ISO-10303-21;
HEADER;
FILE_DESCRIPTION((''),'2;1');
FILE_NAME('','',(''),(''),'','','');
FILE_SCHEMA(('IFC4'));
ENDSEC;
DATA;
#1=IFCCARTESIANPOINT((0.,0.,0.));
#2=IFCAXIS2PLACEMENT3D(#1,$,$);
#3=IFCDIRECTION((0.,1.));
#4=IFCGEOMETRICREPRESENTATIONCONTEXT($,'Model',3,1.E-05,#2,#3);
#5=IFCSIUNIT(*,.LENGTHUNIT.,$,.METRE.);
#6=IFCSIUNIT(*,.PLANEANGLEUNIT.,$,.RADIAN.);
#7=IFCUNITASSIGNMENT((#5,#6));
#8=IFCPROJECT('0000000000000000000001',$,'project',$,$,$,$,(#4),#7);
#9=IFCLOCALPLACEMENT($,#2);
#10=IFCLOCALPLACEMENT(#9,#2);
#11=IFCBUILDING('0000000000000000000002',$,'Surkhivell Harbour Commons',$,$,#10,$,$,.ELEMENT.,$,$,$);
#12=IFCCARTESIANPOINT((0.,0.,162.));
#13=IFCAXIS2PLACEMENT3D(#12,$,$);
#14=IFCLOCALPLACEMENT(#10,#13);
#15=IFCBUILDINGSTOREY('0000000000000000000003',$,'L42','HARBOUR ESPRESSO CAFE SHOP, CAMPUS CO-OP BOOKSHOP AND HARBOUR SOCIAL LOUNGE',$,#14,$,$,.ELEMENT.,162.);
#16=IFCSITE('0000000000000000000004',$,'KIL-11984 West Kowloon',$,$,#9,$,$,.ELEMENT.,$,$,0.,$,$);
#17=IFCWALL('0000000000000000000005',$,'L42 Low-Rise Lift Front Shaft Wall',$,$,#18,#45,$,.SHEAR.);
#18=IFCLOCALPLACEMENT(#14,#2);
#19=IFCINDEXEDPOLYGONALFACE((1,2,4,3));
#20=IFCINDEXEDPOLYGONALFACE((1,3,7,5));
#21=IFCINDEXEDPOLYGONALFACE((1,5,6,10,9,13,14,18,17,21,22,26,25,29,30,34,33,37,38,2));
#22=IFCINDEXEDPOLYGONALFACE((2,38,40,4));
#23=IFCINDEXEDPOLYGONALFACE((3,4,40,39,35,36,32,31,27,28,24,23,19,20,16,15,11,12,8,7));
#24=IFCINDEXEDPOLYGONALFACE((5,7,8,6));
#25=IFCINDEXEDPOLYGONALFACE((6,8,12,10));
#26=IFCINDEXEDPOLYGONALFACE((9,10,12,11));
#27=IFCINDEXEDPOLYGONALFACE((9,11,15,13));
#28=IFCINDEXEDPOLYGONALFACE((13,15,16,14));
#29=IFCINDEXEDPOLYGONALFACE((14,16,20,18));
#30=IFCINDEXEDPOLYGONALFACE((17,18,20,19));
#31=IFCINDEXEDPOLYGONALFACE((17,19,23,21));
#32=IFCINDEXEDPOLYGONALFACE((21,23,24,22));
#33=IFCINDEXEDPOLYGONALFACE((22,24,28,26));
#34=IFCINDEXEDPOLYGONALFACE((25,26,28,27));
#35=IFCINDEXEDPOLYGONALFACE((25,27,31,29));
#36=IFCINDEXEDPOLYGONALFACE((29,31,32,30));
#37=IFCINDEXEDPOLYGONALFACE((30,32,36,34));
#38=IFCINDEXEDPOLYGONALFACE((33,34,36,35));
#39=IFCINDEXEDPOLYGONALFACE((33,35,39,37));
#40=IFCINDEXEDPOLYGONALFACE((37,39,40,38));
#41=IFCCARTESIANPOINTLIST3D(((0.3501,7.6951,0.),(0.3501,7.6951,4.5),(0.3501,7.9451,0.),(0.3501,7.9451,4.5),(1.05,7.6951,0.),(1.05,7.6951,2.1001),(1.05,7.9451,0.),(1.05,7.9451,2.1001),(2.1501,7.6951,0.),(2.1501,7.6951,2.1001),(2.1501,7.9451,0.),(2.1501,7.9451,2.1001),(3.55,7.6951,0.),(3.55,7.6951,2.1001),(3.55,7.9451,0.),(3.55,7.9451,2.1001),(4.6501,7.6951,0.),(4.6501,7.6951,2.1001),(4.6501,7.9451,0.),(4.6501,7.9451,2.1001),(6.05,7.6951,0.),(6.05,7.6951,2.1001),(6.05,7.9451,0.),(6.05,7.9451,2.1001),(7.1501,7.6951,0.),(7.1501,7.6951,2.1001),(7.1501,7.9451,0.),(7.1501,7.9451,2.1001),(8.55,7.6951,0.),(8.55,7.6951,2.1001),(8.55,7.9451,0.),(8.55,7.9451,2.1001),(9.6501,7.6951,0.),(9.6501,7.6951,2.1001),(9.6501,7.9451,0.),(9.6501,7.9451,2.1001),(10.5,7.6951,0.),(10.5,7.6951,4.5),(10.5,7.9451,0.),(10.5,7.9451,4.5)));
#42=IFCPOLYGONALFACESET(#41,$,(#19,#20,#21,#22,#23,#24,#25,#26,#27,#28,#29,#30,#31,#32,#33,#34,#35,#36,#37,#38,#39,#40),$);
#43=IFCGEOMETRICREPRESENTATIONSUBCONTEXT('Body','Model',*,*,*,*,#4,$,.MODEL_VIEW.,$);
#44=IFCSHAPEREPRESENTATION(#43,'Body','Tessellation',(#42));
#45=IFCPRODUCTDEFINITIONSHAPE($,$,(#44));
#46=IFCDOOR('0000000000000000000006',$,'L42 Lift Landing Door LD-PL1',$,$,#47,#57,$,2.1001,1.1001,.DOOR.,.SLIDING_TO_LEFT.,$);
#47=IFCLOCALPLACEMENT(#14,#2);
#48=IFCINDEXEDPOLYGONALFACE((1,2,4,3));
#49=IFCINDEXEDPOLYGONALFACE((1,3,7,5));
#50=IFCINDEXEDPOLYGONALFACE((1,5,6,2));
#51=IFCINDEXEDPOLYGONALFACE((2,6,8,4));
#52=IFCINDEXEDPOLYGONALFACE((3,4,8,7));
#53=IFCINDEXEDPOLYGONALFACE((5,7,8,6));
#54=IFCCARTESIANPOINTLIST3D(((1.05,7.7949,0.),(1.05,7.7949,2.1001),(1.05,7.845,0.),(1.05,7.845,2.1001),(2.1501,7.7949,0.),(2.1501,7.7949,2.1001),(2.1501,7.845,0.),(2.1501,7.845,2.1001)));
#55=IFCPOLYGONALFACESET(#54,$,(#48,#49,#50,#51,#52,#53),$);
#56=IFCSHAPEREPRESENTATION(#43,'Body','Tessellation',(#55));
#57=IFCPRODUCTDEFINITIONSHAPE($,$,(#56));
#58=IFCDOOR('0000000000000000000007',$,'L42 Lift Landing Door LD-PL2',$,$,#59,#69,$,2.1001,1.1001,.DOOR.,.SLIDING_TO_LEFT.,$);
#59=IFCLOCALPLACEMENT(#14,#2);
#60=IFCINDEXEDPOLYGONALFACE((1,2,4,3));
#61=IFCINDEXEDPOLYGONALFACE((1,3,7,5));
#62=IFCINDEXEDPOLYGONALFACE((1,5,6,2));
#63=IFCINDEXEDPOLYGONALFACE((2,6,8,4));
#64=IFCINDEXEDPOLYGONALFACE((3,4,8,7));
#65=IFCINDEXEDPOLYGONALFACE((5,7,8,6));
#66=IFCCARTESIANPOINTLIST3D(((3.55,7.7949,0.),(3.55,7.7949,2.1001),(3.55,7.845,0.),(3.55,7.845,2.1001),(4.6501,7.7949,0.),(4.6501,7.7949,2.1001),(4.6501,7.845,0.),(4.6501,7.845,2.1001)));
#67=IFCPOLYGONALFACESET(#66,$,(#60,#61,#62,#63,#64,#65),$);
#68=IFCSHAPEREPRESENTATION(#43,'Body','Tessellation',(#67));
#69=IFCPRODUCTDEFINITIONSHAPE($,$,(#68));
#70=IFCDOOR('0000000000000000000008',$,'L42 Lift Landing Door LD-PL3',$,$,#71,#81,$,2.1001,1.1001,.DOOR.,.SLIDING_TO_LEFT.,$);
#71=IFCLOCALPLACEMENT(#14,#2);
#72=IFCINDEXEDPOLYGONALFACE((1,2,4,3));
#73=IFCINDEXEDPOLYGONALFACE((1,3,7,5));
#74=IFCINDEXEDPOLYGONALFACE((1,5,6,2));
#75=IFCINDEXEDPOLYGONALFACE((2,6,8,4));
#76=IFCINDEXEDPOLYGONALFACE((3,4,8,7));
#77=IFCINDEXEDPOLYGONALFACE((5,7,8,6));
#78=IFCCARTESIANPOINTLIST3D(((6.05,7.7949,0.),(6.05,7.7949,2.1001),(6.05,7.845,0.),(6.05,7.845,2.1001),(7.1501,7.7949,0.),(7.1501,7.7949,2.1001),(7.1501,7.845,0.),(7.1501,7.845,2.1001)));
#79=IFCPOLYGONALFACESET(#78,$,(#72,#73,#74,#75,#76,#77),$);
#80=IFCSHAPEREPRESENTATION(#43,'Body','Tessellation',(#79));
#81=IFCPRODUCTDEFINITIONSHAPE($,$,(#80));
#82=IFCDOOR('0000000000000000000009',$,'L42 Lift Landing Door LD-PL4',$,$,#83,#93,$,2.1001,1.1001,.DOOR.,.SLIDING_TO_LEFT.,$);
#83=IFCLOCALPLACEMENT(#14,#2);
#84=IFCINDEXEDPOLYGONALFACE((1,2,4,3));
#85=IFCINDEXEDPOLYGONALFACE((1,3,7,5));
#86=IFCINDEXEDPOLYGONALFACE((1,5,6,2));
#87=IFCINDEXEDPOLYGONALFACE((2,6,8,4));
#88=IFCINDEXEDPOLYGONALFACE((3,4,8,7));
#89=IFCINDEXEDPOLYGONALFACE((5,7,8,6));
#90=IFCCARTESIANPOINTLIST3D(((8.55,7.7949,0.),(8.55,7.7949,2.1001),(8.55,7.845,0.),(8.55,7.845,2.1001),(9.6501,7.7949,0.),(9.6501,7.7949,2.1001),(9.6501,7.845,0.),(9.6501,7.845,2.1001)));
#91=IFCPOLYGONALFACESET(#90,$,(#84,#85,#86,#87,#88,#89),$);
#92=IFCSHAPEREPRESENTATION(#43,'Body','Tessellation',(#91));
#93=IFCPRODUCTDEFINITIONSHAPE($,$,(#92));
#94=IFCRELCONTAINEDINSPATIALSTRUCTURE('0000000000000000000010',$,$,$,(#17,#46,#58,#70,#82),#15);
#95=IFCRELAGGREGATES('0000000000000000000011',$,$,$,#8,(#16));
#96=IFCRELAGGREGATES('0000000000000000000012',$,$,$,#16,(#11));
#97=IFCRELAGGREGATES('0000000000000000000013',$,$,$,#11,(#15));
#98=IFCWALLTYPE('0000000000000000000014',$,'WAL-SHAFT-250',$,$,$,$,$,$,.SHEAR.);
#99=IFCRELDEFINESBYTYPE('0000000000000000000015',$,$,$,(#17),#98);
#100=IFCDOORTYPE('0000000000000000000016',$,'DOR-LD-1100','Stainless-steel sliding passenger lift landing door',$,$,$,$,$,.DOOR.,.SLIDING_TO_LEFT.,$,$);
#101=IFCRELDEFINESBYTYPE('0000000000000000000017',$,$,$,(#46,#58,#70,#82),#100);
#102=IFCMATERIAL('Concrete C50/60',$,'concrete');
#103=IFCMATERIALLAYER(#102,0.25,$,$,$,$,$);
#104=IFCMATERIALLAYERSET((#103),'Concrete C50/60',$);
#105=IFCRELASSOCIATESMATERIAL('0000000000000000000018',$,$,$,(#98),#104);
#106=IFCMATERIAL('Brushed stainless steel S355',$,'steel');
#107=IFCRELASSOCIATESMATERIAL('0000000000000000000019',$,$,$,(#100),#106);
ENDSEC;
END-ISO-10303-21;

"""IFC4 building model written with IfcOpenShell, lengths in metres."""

from ifc_helpers import new_model, si_unit, direction, frame, frame_2d, origin, place, context, subcontext, project, spatial, rectangle, extrude, material, layer, layer_set, type_object, element, fill, save


model = new_model("IFC4")

# Units and contexts
model_context = context("Model", 3, precision=1e-05, world=origin(), true_north=direction((0.0, 1.0)))
body_context = subcontext(model_context, "Body", "Model", "MODEL_VIEW")
ifc_project = project(units=[si_unit("LENGTHUNIT", "METRE"), si_unit("PLANEANGLEUNIT", "RADIAN")], contexts=[model_context])

# Site, building, storey
site_placement = place(None, origin())
site = spatial("IfcSite", under=ifc_project, at=site_placement, Name="KIL-11984 West Kowloon", CompositionType="ELEMENT", RefElevation=0.0)
building_placement = place(site_placement, origin())
building = spatial("IfcBuilding", under=site, at=building_placement, Name="Surkhivell Harbour Commons", CompositionType="ELEMENT")
storey_placement = place(building_placement, frame((0.0, 0.0, 162.0)))
storey = spatial("IfcBuildingStorey", under=building, at=storey_placement, Name="L42", Description="HARBOUR ESPRESSO CAFE SHOP, CAMPUS CO-OP BOOKSHOP AND HARBOUR SOCIAL LOUNGE", CompositionType="ELEMENT", Elevation=162.0)

# Shared definitions
ifc_material_1 = material(Name="Concrete C50/60", Category="concrete")
ifc_layer_1 = layer(ifc_material_1, 0.25)
ifc_layer_set_1 = layer_set([ifc_layer_1], Name="Concrete C50/60")
wall_type_1 = type_object("IfcWallType", Name="WAL-SHAFT-250", PredefinedType="SHEAR", material=ifc_layer_set_1)

# Wall, openings, doors
wall_1_placement = place(storey_placement, frame((0.3501, 7.8201, 0.0), z_axis=(0.0, 0.0, 1.0), x_axis=(1.0, 0.0, 0.0)))
wall_1 = element("IfcWall", 1, at=wall_1_placement, inside=storey, type_object=wall_type_1, Name="L42 Low-Rise Lift Front Shaft Wall", PredefinedType="SHEAR", context=body_context, shape_type="SweptSolid", body=[
    extrude(rectangle(XDim=10.1499, YDim=0.25, at=frame_2d((5.075, 0.0))), origin(), (0.0, 0.0, 1.0), 4.5),
])
opening_1_placement = place(wall_1_placement, frame((0.7, 0.0, 0.0)))
opening_1 = element("IfcOpeningElement", 2, at=opening_1_placement, cuts=wall_1, PredefinedType="OPENING", context=body_context, shape_type="SweptSolid", body=[
    extrude(rectangle(XDim=1.1001, YDim=2.1001, at=frame_2d((0.55, 1.05))), frame((0.0, 0.135, 0.0), z_axis=(0.0, -1.0, 0.0), x_axis=(1.0, 0.0, 0.0)), (0.0, 0.0, 1.0), 0.27),
])
opening_2_placement = place(wall_1_placement, frame((3.2, 0.0, 0.0)))
opening_2 = element("IfcOpeningElement", 3, at=opening_2_placement, cuts=wall_1, PredefinedType="OPENING", context=body_context, shape_type="SweptSolid", body=[
    extrude(rectangle(XDim=1.1001, YDim=2.1001, at=frame_2d((0.55, 1.05))), frame((0.0, 0.135, 0.0), z_axis=(0.0, -1.0, 0.0), x_axis=(1.0, 0.0, 0.0)), (0.0, 0.0, 1.0), 0.27),
])
opening_3_placement = place(wall_1_placement, frame((5.7, 0.0, 0.0)))
opening_3 = element("IfcOpeningElement", 4, at=opening_3_placement, cuts=wall_1, PredefinedType="OPENING", context=body_context, shape_type="SweptSolid", body=[
    extrude(rectangle(XDim=1.1001, YDim=2.1001, at=frame_2d((0.55, 1.05))), frame((0.0, 0.135, 0.0), z_axis=(0.0, -1.0, 0.0), x_axis=(1.0, 0.0, 0.0)), (0.0, 0.0, 1.0), 0.27),
])
opening_4_placement = place(wall_1_placement, frame((8.2, 0.0, 0.0)))
opening_4 = element("IfcOpeningElement", 5, at=opening_4_placement, cuts=wall_1, PredefinedType="OPENING", context=body_context, shape_type="SweptSolid", body=[
    extrude(rectangle(XDim=1.1001, YDim=2.1001, at=frame_2d((0.55, 1.05))), frame((0.0, 0.135, 0.0), z_axis=(0.0, -1.0, 0.0), x_axis=(1.0, 0.0, 0.0)), (0.0, 0.0, 1.0), 0.27),
])
ifc_material_2 = material(Name="Brushed stainless steel S355", Category="steel")
door_type = type_object("IfcDoorType", Name="DOR-LD-1100", Description="Stainless-steel sliding passenger lift landing door", OperationType="SLIDING_TO_LEFT", PredefinedType="DOOR", material=ifc_material_2)
door_1_placement = place(opening_1_placement, origin())
door_1 = element("IfcDoor", 6, at=door_1_placement, inside=storey, type_object=door_type, Name="L42 Lift Landing Door LD-PL1", OperationType="SLIDING_TO_LEFT", OverallHeight=2.1001, OverallWidth=1.1001, PredefinedType="DOOR", context=body_context, shape_type="SweptSolid", body=[
    extrude(rectangle(XDim=1.1001, YDim=2.1001, at=frame_2d((0.55, 1.05))), frame((0.0, 0.0249, 0.0), z_axis=(0.0, -1.0, 0.0), x_axis=(1.0, 0.0, 0.0)), (0.0, 0.0, 1.0), 0.05),
])
fill(opening_1, door_1)
door_2_placement = place(opening_2_placement, origin())
door_2 = element("IfcDoor", 7, at=door_2_placement, inside=storey, type_object=door_type, Name="L42 Lift Landing Door LD-PL2", OperationType="SLIDING_TO_LEFT", OverallHeight=2.1001, OverallWidth=1.1001, PredefinedType="DOOR", context=body_context, shape_type="SweptSolid", body=[
    extrude(rectangle(XDim=1.1001, YDim=2.1001, at=frame_2d((0.55, 1.05))), frame((0.0, 0.0249, 0.0), z_axis=(0.0, -1.0, 0.0), x_axis=(1.0, 0.0, 0.0)), (0.0, 0.0, 1.0), 0.05),
])
fill(opening_2, door_2)
door_3_placement = place(opening_3_placement, origin())
door_3 = element("IfcDoor", 8, at=door_3_placement, inside=storey, type_object=door_type, Name="L42 Lift Landing Door LD-PL3", OperationType="SLIDING_TO_LEFT", OverallHeight=2.1001, OverallWidth=1.1001, PredefinedType="DOOR", context=body_context, shape_type="SweptSolid", body=[
    extrude(rectangle(XDim=1.1001, YDim=2.1001, at=frame_2d((0.55, 1.05))), frame((0.0, 0.0249, 0.0), z_axis=(0.0, -1.0, 0.0), x_axis=(1.0, 0.0, 0.0)), (0.0, 0.0, 1.0), 0.05),
])
fill(opening_3, door_3)
door_4_placement = place(opening_4_placement, origin())
door_4 = element("IfcDoor", 9, at=door_4_placement, inside=storey, type_object=door_type, Name="L42 Lift Landing Door LD-PL4", OperationType="SLIDING_TO_LEFT", OverallHeight=2.1001, OverallWidth=1.1001, PredefinedType="DOOR", context=body_context, shape_type="SweptSolid", body=[
    extrude(rectangle(XDim=1.1001, YDim=2.1001, at=frame_2d((0.55, 1.05))), frame((0.0, 0.0249, 0.0), z_axis=(0.0, -1.0, 0.0), x_axis=(1.0, 0.0, 0.0)), (0.0, 0.0, 1.0), 0.05),
])
fill(opening_4, door_4)

save(model, "model.ifc")
